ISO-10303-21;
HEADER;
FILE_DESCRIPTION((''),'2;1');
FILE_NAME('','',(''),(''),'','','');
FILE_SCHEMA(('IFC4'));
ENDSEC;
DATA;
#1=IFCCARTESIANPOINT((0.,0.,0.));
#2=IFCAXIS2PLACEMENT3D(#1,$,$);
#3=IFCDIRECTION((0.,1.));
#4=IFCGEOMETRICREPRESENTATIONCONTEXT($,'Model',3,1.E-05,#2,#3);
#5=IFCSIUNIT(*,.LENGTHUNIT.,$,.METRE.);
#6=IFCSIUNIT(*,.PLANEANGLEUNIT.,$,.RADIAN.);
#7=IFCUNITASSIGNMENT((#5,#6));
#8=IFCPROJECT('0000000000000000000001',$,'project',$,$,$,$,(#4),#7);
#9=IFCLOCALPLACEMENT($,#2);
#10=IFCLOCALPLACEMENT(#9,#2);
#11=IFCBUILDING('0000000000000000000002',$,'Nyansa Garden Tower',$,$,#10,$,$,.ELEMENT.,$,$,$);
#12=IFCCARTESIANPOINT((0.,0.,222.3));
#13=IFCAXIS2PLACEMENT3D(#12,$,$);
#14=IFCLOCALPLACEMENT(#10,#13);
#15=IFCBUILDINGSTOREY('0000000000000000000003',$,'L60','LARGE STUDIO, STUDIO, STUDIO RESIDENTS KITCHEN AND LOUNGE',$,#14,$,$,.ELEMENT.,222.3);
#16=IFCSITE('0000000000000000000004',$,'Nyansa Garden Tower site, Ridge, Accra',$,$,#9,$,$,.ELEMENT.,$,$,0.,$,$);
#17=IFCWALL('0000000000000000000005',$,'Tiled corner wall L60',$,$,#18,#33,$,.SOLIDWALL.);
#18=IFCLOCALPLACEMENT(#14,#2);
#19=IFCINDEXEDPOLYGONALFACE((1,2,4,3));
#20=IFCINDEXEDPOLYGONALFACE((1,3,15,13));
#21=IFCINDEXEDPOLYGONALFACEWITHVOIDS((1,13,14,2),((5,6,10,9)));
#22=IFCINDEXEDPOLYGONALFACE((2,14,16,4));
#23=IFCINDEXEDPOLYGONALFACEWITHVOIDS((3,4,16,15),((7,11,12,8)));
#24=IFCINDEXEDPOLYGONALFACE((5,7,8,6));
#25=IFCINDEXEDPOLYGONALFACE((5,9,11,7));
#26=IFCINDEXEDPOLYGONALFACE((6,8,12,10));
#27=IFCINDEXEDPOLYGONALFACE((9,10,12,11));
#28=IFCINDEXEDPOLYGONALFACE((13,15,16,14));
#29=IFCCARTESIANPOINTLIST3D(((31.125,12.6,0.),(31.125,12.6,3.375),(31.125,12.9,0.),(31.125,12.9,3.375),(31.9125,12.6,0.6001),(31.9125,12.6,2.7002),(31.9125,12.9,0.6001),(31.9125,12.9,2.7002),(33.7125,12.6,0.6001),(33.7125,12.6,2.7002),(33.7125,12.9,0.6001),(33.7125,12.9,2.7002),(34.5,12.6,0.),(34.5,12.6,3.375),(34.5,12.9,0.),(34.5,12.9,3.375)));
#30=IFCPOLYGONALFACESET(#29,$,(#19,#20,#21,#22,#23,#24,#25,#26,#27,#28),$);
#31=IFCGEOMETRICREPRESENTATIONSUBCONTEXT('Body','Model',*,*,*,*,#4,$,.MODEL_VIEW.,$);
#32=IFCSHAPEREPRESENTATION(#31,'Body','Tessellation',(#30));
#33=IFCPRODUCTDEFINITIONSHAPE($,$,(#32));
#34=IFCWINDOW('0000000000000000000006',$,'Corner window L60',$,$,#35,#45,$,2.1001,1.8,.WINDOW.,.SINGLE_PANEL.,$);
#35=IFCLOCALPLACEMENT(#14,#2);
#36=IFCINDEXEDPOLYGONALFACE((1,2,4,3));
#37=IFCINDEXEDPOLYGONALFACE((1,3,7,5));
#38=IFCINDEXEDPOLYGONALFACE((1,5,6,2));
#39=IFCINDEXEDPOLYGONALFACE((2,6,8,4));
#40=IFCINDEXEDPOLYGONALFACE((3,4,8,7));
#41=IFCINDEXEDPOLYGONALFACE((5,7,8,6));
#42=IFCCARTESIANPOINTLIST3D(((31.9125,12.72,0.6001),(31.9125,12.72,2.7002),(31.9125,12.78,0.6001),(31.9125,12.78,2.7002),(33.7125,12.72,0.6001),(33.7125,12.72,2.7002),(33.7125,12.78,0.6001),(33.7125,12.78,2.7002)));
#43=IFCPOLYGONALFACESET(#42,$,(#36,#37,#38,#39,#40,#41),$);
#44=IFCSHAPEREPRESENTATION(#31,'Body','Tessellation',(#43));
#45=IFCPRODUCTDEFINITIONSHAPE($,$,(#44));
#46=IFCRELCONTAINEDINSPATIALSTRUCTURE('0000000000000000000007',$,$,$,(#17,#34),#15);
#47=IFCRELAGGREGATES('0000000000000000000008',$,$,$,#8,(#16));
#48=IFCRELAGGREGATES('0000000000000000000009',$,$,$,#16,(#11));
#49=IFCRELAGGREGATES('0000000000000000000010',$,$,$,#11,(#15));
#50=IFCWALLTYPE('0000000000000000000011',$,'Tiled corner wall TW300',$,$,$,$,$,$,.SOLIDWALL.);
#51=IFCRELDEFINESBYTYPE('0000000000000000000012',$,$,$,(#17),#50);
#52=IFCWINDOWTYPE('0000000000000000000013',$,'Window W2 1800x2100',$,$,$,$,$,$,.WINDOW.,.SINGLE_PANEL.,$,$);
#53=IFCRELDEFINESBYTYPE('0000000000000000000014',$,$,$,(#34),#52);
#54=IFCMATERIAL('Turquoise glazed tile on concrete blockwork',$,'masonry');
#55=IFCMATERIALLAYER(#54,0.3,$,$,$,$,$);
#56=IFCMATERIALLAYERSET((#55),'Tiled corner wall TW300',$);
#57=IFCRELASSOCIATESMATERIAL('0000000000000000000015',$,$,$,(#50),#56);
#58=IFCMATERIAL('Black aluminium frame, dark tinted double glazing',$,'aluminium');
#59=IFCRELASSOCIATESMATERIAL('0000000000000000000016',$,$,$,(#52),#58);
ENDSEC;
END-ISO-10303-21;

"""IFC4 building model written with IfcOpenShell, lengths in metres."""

from ifc_helpers import new_model, si_unit, direction, frame, frame_2d, origin, place, context, subcontext, project, spatial, rectangle, extrude, material, layer, layer_set, type_object, element, fill, save


model = new_model("IFC4")

# Units and contexts
model_context = context("Model", 3, precision=1e-05, world=origin(), true_north=direction((0.0, 1.0)))
body_context = subcontext(model_context, "Body", "Model", "MODEL_VIEW")
ifc_project = project(units=[si_unit("LENGTHUNIT", "METRE"), si_unit("PLANEANGLEUNIT", "RADIAN")], contexts=[model_context])

# Site, building, storey
site_placement = place(None, origin())
site = spatial("IfcSite", under=ifc_project, at=site_placement, Name="Nyansa Garden Tower site, Ridge, Accra", CompositionType="ELEMENT", RefElevation=0.0)
building_placement = place(site_placement, origin())
building = spatial("IfcBuilding", under=site, at=building_placement, Name="Nyansa Garden Tower", CompositionType="ELEMENT")
storey_placement = place(building_placement, frame((0.0, 0.0, 222.3)))
storey = spatial("IfcBuildingStorey", under=building, at=storey_placement, Name="L60", Description="LARGE STUDIO, STUDIO, STUDIO RESIDENTS KITCHEN AND LOUNGE", CompositionType="ELEMENT", Elevation=222.3)

# Wall, opening, window
ifc_material_1 = material(Name="Turquoise glazed tile on concrete blockwork", Category="masonry")
ifc_layer_1 = layer(ifc_material_1, 0.3)
ifc_layer_set_1 = layer_set([ifc_layer_1], Name="Tiled corner wall TW300")
wall_type_1 = type_object("IfcWallType", Name="Tiled corner wall TW300", PredefinedType="SOLIDWALL", material=ifc_layer_set_1)
ifc_material_2 = material(Name="Black aluminium frame, dark tinted double glazing", Category="aluminium")
window_type = type_object("IfcWindowType", Name="Window W2 1800x2100", PartitioningType="SINGLE_PANEL", PredefinedType="WINDOW", material=ifc_material_2)
wall_1_placement = place(storey_placement, frame((31.125, 12.75, 0.0), z_axis=(0.0, 0.0, 1.0), x_axis=(1.0, 0.0, 0.0)))
wall_1 = element("IfcWall", 1, at=wall_1_placement, inside=storey, type_object=wall_type_1, Name="Tiled corner wall L60", PredefinedType="SOLIDWALL", context=body_context, shape_type="SweptSolid", body=[
    extrude(rectangle(XDim=3.375, YDim=0.3, at=frame_2d((1.6875, 0.0))), origin(), (0.0, 0.0, 1.0), 3.375),
])
opening_1_placement = place(wall_1_placement, frame((0.7876, 0.0, 0.6001)))
opening_1 = element("IfcOpeningElement", 2, at=opening_1_placement, cuts=wall_1, PredefinedType="OPENING", context=body_context, shape_type="SweptSolid", body=[
    extrude(rectangle(XDim=1.8, YDim=2.1001, at=frame_2d((0.8999, 1.05))), frame((0.0, 0.1599, 0.0), z_axis=(0.0, -1.0, 0.0), x_axis=(1.0, 0.0, 0.0)), (0.0, 0.0, 1.0), 0.3201),
])
window_1_placement = place(opening_1_placement, origin())
window_1 = element("IfcWindow", 3, at=window_1_placement, inside=storey, type_object=window_type, Name="Corner window L60", OverallHeight=2.1001, OverallWidth=1.8, PartitioningType="SINGLE_PANEL", PredefinedType="WINDOW", context=body_context, shape_type="SweptSolid", body=[
    extrude(rectangle(XDim=1.8, YDim=2.1001, at=frame_2d((0.8999, 1.05))), frame((0.0, 0.03, 0.0), z_axis=(0.0, -1.0, 0.0), x_axis=(1.0, 0.0, 0.0)), (0.0, 0.0, 1.0), 0.0601),
])
fill(opening_1, window_1)

save(model, "model.ifc")
